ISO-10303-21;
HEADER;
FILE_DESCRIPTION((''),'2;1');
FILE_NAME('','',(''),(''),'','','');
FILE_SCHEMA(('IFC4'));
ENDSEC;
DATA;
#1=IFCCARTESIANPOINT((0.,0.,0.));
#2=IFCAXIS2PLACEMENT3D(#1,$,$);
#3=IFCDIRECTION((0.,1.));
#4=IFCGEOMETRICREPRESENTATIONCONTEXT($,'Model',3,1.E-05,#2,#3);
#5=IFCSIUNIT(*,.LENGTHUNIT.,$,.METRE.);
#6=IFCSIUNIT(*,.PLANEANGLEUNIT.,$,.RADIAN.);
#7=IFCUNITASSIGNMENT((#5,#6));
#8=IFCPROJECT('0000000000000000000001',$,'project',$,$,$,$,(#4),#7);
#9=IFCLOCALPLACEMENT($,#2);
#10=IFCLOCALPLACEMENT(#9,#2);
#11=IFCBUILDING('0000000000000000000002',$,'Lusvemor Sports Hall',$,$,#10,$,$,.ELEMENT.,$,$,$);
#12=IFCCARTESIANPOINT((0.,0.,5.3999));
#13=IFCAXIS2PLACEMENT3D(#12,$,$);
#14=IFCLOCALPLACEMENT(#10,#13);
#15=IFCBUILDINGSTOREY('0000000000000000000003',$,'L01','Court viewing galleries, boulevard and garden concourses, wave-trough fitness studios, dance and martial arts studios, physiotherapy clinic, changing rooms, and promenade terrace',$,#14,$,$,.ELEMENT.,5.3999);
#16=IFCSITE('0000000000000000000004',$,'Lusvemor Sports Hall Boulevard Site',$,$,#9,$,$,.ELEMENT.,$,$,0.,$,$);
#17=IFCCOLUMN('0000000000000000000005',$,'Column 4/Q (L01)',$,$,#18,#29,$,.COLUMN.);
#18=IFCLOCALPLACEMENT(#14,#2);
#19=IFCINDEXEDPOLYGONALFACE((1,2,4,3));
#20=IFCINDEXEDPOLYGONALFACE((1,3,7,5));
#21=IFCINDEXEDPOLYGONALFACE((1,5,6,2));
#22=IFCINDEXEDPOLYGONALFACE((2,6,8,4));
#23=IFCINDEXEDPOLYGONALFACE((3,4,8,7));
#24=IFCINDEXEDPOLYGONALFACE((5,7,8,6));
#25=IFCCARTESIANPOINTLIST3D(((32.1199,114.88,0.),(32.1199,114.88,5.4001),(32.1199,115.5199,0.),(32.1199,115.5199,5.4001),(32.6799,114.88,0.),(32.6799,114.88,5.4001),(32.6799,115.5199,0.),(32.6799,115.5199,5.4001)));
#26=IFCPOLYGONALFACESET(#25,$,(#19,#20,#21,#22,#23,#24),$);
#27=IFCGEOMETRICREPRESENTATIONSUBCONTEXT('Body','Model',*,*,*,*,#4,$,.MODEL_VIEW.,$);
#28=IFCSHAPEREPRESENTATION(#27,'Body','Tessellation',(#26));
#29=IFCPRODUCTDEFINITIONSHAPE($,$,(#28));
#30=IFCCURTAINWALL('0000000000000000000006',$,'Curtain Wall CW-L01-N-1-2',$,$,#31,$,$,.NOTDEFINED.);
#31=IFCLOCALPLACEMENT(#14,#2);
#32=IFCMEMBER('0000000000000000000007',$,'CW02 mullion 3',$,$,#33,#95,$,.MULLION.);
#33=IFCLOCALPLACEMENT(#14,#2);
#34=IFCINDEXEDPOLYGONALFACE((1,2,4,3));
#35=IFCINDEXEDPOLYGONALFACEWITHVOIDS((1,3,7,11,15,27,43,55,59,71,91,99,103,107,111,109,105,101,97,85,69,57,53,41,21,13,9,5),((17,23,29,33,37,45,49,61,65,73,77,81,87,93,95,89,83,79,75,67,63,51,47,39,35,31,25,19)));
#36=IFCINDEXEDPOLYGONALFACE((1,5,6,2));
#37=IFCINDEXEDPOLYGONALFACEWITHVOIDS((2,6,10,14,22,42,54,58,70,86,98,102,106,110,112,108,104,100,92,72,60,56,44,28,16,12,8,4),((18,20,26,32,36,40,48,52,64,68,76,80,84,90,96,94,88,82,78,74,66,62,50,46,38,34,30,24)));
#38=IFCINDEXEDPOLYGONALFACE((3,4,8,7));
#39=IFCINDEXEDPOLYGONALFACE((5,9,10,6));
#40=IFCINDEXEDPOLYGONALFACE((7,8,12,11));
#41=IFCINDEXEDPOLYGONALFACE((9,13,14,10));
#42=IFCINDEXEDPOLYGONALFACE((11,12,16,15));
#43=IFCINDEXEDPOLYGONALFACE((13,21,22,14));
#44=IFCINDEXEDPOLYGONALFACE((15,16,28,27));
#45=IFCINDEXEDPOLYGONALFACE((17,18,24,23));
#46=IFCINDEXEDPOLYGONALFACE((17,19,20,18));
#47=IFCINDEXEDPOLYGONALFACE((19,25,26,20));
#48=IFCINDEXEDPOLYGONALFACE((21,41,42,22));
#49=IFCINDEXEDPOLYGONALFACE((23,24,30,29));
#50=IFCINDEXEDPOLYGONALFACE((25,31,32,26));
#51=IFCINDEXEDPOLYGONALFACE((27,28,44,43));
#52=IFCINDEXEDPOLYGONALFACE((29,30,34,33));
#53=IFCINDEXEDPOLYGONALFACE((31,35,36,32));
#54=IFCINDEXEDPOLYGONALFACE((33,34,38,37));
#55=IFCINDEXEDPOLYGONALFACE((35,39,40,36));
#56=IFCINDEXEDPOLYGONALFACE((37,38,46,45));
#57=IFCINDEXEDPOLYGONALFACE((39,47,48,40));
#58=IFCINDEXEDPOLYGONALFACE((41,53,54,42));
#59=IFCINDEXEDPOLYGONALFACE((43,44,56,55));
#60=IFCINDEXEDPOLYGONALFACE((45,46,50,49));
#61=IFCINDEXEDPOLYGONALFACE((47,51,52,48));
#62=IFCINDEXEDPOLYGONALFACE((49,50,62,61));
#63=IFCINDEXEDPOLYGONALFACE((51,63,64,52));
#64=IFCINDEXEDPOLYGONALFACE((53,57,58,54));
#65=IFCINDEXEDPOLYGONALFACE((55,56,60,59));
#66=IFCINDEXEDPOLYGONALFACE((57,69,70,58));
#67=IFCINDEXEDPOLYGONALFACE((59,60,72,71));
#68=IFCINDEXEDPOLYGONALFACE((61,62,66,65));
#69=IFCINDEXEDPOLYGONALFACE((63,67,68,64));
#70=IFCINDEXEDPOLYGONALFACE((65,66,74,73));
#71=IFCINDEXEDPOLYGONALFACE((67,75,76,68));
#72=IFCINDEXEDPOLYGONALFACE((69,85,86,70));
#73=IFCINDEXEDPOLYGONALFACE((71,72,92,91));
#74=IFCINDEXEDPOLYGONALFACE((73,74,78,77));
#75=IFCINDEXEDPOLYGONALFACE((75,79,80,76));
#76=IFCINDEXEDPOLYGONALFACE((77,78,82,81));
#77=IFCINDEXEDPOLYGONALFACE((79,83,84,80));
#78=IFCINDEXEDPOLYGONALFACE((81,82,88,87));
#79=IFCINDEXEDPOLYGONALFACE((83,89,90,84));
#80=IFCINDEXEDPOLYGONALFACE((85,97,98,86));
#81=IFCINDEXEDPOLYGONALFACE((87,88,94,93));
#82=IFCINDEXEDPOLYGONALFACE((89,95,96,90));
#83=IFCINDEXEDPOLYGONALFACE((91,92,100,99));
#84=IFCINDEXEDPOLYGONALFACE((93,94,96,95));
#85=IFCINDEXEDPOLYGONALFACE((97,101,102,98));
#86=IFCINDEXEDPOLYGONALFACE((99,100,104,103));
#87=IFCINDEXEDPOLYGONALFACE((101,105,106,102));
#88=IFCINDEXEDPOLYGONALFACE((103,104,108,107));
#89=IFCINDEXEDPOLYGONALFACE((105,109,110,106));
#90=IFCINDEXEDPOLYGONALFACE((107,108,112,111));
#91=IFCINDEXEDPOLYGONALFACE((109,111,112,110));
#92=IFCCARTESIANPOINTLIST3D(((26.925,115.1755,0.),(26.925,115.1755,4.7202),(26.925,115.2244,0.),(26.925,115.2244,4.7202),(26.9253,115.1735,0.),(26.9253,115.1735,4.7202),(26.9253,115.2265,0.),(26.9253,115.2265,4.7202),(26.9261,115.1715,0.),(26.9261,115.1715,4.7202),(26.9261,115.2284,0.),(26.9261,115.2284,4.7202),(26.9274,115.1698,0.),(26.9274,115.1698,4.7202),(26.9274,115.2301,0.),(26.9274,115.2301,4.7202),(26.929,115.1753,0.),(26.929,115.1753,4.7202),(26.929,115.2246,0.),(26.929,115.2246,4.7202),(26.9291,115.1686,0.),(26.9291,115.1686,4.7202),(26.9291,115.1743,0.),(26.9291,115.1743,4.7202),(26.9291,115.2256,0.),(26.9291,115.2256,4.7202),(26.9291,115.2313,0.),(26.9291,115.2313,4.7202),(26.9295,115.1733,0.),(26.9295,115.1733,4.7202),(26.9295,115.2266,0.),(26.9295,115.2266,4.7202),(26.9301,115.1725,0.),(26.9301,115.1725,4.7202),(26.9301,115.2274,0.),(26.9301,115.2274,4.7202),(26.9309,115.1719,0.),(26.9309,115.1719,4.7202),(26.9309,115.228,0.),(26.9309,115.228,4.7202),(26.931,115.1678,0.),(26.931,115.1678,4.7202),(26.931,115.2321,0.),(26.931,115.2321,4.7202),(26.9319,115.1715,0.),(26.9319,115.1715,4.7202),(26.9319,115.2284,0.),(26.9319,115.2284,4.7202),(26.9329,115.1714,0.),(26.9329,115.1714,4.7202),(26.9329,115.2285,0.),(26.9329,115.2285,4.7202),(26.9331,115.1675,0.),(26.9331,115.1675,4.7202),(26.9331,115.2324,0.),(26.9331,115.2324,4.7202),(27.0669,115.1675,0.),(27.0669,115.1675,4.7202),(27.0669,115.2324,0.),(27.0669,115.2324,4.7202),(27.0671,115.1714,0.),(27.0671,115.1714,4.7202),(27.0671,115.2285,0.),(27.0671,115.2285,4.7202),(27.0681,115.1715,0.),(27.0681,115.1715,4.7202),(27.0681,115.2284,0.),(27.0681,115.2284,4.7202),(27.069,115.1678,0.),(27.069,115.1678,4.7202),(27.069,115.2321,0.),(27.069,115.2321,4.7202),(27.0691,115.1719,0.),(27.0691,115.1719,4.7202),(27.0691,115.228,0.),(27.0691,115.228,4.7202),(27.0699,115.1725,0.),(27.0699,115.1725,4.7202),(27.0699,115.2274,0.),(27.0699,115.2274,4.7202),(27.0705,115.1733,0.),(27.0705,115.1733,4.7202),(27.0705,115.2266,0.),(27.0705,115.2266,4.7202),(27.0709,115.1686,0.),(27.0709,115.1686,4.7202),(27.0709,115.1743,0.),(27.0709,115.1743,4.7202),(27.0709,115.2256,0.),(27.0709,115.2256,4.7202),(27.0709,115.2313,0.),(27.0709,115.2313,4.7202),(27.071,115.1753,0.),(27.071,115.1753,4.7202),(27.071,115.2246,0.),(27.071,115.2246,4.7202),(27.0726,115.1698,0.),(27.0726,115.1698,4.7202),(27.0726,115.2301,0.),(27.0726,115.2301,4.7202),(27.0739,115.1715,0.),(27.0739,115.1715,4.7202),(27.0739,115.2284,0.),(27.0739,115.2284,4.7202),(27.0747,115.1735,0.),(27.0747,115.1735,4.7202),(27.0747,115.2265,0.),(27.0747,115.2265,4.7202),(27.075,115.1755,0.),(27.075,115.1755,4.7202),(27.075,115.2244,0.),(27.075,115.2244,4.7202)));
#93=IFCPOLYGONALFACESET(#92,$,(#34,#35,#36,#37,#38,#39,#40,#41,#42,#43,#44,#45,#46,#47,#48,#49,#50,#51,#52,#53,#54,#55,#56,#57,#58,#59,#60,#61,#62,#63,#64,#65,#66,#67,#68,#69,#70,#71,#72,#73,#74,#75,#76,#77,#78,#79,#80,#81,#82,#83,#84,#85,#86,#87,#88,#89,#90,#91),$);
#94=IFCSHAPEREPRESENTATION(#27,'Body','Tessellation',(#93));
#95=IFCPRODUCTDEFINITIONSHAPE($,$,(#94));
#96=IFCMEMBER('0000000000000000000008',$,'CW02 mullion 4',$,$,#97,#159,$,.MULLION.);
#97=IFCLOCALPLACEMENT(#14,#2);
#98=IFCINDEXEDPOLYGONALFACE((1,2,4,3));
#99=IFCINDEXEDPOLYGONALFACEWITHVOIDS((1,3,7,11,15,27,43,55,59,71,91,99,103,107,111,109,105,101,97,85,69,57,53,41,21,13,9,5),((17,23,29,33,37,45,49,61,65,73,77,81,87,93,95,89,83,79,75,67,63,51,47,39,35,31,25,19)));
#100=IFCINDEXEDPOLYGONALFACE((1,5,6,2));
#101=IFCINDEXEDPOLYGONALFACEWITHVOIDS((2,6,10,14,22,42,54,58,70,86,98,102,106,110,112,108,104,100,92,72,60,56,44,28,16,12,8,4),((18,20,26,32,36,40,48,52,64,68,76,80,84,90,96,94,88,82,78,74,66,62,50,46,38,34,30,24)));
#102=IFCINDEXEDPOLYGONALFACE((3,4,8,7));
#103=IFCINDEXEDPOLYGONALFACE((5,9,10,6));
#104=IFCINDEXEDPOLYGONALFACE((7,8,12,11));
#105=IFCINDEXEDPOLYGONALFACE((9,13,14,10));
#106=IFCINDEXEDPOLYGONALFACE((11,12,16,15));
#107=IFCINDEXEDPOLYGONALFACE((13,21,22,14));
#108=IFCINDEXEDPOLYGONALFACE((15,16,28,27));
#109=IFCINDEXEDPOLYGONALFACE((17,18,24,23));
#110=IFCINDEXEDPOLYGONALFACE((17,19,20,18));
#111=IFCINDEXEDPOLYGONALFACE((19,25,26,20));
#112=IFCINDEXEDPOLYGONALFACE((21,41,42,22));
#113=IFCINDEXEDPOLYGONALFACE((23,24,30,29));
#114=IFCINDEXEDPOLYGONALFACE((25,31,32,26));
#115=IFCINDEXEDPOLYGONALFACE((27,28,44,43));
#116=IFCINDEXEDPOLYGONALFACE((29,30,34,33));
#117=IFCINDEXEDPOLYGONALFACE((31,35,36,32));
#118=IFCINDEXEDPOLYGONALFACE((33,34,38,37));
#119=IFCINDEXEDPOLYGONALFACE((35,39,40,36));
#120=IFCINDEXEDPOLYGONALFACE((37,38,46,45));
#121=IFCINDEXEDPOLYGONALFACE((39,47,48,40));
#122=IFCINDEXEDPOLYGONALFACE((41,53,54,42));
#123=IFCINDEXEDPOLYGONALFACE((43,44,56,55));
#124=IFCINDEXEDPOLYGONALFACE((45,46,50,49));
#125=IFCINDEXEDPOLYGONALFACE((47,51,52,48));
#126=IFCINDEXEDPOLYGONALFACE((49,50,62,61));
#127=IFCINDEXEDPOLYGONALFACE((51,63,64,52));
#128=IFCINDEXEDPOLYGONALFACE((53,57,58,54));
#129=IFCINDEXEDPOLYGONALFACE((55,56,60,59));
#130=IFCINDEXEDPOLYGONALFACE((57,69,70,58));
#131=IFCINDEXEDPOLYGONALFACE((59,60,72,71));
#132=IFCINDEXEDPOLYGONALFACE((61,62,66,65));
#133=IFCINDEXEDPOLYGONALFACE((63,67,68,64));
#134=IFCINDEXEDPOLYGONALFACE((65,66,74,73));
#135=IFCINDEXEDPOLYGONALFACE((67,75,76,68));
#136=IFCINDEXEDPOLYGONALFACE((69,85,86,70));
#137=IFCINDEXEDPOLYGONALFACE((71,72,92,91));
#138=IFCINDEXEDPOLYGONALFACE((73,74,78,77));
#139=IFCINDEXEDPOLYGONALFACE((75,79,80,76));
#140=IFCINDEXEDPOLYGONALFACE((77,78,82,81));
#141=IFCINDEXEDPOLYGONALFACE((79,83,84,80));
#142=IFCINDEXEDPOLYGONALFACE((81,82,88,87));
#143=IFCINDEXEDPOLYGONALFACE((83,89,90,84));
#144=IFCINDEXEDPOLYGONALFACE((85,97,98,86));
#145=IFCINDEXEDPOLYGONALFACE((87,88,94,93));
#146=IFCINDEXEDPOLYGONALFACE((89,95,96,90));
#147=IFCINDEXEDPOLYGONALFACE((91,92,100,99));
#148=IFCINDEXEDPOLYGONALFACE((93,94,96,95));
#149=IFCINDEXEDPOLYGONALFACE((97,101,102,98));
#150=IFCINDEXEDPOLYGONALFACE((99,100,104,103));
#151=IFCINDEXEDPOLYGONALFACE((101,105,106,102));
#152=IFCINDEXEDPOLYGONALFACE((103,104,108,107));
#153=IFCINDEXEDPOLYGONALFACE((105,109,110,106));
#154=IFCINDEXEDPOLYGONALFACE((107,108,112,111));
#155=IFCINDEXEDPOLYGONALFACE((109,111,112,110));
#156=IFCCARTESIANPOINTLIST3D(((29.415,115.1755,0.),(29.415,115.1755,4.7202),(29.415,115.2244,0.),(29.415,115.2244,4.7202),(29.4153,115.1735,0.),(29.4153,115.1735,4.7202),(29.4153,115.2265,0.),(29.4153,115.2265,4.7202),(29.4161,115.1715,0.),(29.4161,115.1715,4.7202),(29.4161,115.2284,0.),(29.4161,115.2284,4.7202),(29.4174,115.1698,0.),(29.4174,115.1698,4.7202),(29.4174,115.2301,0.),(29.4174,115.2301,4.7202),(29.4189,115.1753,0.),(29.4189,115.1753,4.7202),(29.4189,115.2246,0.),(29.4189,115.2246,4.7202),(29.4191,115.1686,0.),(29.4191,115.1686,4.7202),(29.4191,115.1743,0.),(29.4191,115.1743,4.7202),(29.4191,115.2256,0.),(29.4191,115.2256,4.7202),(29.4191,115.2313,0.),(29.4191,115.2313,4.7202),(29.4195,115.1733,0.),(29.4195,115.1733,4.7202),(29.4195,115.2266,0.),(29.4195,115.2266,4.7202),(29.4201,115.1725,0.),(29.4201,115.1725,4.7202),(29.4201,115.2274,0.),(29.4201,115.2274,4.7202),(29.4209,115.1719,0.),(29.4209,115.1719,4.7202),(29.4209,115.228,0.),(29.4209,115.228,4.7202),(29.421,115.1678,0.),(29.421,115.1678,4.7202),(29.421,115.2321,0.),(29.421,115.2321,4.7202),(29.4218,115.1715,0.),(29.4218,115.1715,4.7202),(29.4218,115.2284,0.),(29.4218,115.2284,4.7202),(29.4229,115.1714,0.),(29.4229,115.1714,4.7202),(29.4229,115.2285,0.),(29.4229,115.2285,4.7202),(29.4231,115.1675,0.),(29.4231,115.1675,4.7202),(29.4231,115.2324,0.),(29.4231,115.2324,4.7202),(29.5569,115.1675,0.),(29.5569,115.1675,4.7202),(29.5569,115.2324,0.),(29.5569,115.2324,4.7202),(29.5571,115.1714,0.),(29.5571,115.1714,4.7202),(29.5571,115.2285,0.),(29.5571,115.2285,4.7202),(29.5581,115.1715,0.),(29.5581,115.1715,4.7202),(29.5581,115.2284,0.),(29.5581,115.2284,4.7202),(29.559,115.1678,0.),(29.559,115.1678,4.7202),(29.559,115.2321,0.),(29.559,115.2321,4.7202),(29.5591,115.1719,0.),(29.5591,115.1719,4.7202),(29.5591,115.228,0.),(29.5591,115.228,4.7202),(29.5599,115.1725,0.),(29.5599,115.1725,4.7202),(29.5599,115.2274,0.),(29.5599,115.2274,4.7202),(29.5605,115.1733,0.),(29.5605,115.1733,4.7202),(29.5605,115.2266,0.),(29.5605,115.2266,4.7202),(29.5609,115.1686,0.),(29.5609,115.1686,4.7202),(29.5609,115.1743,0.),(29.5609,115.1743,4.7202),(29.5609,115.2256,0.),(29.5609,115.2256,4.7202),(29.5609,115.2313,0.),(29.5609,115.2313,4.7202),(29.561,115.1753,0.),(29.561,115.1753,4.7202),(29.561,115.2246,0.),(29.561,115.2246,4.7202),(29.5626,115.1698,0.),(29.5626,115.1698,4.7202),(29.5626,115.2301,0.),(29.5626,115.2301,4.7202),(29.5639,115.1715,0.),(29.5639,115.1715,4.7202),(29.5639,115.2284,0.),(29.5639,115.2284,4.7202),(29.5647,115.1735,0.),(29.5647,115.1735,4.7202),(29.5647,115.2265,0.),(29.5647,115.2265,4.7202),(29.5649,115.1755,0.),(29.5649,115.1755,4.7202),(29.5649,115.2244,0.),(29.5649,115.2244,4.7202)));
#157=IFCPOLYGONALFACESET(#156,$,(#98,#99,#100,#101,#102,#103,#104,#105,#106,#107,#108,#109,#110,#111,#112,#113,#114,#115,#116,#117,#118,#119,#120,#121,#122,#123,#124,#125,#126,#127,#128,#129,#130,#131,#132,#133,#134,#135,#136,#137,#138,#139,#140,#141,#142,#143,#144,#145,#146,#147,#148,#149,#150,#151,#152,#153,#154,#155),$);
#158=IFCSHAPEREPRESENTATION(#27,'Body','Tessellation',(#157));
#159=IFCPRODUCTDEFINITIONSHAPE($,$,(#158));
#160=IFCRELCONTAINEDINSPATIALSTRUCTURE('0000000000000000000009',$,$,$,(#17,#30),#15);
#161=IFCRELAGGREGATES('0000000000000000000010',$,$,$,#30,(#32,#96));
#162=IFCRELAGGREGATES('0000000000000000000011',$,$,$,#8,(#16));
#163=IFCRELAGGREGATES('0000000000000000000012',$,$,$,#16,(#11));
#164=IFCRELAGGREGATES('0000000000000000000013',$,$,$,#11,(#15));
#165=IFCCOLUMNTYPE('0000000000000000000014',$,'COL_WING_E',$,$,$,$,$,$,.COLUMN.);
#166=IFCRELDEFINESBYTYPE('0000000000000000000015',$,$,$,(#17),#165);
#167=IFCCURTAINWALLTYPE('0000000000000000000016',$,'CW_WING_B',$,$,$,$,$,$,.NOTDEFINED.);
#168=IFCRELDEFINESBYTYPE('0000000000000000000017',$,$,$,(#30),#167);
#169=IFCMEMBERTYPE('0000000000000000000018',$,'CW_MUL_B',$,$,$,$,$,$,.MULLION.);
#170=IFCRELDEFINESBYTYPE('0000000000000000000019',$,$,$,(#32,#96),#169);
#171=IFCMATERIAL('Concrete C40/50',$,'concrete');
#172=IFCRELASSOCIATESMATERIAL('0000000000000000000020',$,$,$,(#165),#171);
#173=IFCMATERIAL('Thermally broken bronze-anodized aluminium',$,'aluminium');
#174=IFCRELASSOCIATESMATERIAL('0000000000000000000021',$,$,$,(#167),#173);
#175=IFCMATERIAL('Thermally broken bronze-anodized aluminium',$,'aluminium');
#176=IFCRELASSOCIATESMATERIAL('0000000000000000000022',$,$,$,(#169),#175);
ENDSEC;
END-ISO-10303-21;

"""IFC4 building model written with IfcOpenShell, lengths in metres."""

from ifc_helpers import new_model, si_unit, direction, frame, origin, origin_2d, place, context, subcontext, project, spatial, rectangle, hollow_rectangle, extrude, material, material_profile, profile_set, type_object, element, aggregate, save


model = new_model("IFC4")

# Units and contexts
model_context = context("Model", 3, precision=1e-05, world=origin(), true_north=direction((0.0, 1.0)))
body_context = subcontext(model_context, "Body", "Model", "MODEL_VIEW")
ifc_project = project(units=[si_unit("LENGTHUNIT", "METRE"), si_unit("PLANEANGLEUNIT", "RADIAN")], contexts=[model_context])

# Site, building, storey
site_placement = place(None, origin())
site = spatial("IfcSite", under=ifc_project, at=site_placement, Name="Lusvemor Sports Hall Boulevard Site", CompositionType="ELEMENT", RefElevation=0.0)
building_placement = place(site_placement, origin())
building = spatial("IfcBuilding", under=site, at=building_placement, Name="Lusvemor Sports Hall", CompositionType="ELEMENT")
storey_placement = place(building_placement, frame((0.0, 0.0, 5.3999)))
storey = spatial("IfcBuildingStorey", under=building, at=storey_placement, Name="L01", Description="Court viewing galleries, boulevard and garden concourses, wave-trough fitness studios, dance and martial arts studios, physiotherapy clinic, changing rooms, and promenade terrace", CompositionType="ELEMENT", Elevation=5.3999)

# Column
ifc_material_1 = material(Name="Concrete C40/50", Category="concrete")
ifc_material_profile_1 = material_profile(ifc_material_1, rectangle(XDim=0.5601, YDim=0.6399, at=origin_2d()), Name="RC560x640")
ifc_profile_set_1 = profile_set([ifc_material_profile_1], Name="Concrete C40/50")
column_type = type_object("IfcColumnType", Name="COL_WING_E", PredefinedType="COLUMN", material=ifc_profile_set_1)
column_placement = place(storey_placement, frame((32.3999, 115.2, 0.0), z_axis=(0.0, 0.0, 1.0), x_axis=(1.0, 0.0, 0.0)))
element("IfcColumn", 1, at=column_placement, inside=storey, type_object=column_type, Name="Column 4/Q (L01)", PredefinedType="COLUMN", context=body_context, shape_type="SweptSolid", body=[
    extrude(rectangle(XDim=0.5601, YDim=0.6399, at=origin_2d()), origin(), (0.0, 0.0, 1.0), 5.4001),
])

# Curtain wall, members
ifc_material_2 = material(Name="Thermally broken bronze-anodized aluminium", Category="aluminium")
curtain_wall_type = type_object("IfcCurtainWallType", Name="CW_WING_B", PredefinedType="NOTDEFINED", material=ifc_material_2)
curtain_wall_1_placement = place(storey_placement, origin())
curtain_wall_1 = element("IfcCurtainWall", 2, at=curtain_wall_1_placement, inside=storey, type_object=curtain_wall_type, Name="Curtain Wall CW-L01-N-1-2", PredefinedType="NOTDEFINED")
ifc_material_3 = material(Name="Thermally broken bronze-anodized aluminium", Category="aluminium")
ifc_material_profile_2 = material_profile(ifc_material_3, hollow_rectangle(XDim=0.0649, YDim=0.1499, WallThickness=0.0039, InnerFilletRadius=0.0039, OuterFilletRadius=0.0081, at=origin_2d()), Name="CWMUL150x65x4")
ifc_profile_set_2 = profile_set([ifc_material_profile_2], Name="Thermally broken bronze-anodized aluminium")
member_type_1 = type_object("IfcMemberType", Name="CW_MUL_B", PredefinedType="MULLION", material=ifc_profile_set_2)
member_1_placement = place(storey_placement, frame((27.0, 115.2, 0.0), z_axis=(0.0, 0.0, 1.0), x_axis=(0.0, 1.0, 0.0)))
member_1 = element("IfcMember", 3, at=member_1_placement, type_object=member_type_1, Name="CW02 mullion 3", PredefinedType="MULLION", context=body_context, shape_type="SweptSolid", body=[
    extrude(hollow_rectangle(XDim=0.0649, YDim=0.1499, WallThickness=0.0039, InnerFilletRadius=0.0039, OuterFilletRadius=0.0081, at=origin_2d()), origin(), (0.0, 0.0, 1.0), 4.7202),
])
member_2_placement = place(storey_placement, frame((29.49, 115.2, 0.0), z_axis=(0.0, 0.0, 1.0), x_axis=(0.0, 1.0, 0.0)))
member_2 = element("IfcMember", 4, at=member_2_placement, type_object=member_type_1, Name="CW02 mullion 4", PredefinedType="MULLION", context=body_context, shape_type="SweptSolid", body=[
    extrude(hollow_rectangle(XDim=0.0649, YDim=0.1499, WallThickness=0.0039, InnerFilletRadius=0.0039, OuterFilletRadius=0.0081, at=origin_2d()), origin(), (0.0, 0.0, 1.0), 4.7202),
])

aggregate(curtain_wall_1, [member_1, member_2])

save(model, "model.ifc")
